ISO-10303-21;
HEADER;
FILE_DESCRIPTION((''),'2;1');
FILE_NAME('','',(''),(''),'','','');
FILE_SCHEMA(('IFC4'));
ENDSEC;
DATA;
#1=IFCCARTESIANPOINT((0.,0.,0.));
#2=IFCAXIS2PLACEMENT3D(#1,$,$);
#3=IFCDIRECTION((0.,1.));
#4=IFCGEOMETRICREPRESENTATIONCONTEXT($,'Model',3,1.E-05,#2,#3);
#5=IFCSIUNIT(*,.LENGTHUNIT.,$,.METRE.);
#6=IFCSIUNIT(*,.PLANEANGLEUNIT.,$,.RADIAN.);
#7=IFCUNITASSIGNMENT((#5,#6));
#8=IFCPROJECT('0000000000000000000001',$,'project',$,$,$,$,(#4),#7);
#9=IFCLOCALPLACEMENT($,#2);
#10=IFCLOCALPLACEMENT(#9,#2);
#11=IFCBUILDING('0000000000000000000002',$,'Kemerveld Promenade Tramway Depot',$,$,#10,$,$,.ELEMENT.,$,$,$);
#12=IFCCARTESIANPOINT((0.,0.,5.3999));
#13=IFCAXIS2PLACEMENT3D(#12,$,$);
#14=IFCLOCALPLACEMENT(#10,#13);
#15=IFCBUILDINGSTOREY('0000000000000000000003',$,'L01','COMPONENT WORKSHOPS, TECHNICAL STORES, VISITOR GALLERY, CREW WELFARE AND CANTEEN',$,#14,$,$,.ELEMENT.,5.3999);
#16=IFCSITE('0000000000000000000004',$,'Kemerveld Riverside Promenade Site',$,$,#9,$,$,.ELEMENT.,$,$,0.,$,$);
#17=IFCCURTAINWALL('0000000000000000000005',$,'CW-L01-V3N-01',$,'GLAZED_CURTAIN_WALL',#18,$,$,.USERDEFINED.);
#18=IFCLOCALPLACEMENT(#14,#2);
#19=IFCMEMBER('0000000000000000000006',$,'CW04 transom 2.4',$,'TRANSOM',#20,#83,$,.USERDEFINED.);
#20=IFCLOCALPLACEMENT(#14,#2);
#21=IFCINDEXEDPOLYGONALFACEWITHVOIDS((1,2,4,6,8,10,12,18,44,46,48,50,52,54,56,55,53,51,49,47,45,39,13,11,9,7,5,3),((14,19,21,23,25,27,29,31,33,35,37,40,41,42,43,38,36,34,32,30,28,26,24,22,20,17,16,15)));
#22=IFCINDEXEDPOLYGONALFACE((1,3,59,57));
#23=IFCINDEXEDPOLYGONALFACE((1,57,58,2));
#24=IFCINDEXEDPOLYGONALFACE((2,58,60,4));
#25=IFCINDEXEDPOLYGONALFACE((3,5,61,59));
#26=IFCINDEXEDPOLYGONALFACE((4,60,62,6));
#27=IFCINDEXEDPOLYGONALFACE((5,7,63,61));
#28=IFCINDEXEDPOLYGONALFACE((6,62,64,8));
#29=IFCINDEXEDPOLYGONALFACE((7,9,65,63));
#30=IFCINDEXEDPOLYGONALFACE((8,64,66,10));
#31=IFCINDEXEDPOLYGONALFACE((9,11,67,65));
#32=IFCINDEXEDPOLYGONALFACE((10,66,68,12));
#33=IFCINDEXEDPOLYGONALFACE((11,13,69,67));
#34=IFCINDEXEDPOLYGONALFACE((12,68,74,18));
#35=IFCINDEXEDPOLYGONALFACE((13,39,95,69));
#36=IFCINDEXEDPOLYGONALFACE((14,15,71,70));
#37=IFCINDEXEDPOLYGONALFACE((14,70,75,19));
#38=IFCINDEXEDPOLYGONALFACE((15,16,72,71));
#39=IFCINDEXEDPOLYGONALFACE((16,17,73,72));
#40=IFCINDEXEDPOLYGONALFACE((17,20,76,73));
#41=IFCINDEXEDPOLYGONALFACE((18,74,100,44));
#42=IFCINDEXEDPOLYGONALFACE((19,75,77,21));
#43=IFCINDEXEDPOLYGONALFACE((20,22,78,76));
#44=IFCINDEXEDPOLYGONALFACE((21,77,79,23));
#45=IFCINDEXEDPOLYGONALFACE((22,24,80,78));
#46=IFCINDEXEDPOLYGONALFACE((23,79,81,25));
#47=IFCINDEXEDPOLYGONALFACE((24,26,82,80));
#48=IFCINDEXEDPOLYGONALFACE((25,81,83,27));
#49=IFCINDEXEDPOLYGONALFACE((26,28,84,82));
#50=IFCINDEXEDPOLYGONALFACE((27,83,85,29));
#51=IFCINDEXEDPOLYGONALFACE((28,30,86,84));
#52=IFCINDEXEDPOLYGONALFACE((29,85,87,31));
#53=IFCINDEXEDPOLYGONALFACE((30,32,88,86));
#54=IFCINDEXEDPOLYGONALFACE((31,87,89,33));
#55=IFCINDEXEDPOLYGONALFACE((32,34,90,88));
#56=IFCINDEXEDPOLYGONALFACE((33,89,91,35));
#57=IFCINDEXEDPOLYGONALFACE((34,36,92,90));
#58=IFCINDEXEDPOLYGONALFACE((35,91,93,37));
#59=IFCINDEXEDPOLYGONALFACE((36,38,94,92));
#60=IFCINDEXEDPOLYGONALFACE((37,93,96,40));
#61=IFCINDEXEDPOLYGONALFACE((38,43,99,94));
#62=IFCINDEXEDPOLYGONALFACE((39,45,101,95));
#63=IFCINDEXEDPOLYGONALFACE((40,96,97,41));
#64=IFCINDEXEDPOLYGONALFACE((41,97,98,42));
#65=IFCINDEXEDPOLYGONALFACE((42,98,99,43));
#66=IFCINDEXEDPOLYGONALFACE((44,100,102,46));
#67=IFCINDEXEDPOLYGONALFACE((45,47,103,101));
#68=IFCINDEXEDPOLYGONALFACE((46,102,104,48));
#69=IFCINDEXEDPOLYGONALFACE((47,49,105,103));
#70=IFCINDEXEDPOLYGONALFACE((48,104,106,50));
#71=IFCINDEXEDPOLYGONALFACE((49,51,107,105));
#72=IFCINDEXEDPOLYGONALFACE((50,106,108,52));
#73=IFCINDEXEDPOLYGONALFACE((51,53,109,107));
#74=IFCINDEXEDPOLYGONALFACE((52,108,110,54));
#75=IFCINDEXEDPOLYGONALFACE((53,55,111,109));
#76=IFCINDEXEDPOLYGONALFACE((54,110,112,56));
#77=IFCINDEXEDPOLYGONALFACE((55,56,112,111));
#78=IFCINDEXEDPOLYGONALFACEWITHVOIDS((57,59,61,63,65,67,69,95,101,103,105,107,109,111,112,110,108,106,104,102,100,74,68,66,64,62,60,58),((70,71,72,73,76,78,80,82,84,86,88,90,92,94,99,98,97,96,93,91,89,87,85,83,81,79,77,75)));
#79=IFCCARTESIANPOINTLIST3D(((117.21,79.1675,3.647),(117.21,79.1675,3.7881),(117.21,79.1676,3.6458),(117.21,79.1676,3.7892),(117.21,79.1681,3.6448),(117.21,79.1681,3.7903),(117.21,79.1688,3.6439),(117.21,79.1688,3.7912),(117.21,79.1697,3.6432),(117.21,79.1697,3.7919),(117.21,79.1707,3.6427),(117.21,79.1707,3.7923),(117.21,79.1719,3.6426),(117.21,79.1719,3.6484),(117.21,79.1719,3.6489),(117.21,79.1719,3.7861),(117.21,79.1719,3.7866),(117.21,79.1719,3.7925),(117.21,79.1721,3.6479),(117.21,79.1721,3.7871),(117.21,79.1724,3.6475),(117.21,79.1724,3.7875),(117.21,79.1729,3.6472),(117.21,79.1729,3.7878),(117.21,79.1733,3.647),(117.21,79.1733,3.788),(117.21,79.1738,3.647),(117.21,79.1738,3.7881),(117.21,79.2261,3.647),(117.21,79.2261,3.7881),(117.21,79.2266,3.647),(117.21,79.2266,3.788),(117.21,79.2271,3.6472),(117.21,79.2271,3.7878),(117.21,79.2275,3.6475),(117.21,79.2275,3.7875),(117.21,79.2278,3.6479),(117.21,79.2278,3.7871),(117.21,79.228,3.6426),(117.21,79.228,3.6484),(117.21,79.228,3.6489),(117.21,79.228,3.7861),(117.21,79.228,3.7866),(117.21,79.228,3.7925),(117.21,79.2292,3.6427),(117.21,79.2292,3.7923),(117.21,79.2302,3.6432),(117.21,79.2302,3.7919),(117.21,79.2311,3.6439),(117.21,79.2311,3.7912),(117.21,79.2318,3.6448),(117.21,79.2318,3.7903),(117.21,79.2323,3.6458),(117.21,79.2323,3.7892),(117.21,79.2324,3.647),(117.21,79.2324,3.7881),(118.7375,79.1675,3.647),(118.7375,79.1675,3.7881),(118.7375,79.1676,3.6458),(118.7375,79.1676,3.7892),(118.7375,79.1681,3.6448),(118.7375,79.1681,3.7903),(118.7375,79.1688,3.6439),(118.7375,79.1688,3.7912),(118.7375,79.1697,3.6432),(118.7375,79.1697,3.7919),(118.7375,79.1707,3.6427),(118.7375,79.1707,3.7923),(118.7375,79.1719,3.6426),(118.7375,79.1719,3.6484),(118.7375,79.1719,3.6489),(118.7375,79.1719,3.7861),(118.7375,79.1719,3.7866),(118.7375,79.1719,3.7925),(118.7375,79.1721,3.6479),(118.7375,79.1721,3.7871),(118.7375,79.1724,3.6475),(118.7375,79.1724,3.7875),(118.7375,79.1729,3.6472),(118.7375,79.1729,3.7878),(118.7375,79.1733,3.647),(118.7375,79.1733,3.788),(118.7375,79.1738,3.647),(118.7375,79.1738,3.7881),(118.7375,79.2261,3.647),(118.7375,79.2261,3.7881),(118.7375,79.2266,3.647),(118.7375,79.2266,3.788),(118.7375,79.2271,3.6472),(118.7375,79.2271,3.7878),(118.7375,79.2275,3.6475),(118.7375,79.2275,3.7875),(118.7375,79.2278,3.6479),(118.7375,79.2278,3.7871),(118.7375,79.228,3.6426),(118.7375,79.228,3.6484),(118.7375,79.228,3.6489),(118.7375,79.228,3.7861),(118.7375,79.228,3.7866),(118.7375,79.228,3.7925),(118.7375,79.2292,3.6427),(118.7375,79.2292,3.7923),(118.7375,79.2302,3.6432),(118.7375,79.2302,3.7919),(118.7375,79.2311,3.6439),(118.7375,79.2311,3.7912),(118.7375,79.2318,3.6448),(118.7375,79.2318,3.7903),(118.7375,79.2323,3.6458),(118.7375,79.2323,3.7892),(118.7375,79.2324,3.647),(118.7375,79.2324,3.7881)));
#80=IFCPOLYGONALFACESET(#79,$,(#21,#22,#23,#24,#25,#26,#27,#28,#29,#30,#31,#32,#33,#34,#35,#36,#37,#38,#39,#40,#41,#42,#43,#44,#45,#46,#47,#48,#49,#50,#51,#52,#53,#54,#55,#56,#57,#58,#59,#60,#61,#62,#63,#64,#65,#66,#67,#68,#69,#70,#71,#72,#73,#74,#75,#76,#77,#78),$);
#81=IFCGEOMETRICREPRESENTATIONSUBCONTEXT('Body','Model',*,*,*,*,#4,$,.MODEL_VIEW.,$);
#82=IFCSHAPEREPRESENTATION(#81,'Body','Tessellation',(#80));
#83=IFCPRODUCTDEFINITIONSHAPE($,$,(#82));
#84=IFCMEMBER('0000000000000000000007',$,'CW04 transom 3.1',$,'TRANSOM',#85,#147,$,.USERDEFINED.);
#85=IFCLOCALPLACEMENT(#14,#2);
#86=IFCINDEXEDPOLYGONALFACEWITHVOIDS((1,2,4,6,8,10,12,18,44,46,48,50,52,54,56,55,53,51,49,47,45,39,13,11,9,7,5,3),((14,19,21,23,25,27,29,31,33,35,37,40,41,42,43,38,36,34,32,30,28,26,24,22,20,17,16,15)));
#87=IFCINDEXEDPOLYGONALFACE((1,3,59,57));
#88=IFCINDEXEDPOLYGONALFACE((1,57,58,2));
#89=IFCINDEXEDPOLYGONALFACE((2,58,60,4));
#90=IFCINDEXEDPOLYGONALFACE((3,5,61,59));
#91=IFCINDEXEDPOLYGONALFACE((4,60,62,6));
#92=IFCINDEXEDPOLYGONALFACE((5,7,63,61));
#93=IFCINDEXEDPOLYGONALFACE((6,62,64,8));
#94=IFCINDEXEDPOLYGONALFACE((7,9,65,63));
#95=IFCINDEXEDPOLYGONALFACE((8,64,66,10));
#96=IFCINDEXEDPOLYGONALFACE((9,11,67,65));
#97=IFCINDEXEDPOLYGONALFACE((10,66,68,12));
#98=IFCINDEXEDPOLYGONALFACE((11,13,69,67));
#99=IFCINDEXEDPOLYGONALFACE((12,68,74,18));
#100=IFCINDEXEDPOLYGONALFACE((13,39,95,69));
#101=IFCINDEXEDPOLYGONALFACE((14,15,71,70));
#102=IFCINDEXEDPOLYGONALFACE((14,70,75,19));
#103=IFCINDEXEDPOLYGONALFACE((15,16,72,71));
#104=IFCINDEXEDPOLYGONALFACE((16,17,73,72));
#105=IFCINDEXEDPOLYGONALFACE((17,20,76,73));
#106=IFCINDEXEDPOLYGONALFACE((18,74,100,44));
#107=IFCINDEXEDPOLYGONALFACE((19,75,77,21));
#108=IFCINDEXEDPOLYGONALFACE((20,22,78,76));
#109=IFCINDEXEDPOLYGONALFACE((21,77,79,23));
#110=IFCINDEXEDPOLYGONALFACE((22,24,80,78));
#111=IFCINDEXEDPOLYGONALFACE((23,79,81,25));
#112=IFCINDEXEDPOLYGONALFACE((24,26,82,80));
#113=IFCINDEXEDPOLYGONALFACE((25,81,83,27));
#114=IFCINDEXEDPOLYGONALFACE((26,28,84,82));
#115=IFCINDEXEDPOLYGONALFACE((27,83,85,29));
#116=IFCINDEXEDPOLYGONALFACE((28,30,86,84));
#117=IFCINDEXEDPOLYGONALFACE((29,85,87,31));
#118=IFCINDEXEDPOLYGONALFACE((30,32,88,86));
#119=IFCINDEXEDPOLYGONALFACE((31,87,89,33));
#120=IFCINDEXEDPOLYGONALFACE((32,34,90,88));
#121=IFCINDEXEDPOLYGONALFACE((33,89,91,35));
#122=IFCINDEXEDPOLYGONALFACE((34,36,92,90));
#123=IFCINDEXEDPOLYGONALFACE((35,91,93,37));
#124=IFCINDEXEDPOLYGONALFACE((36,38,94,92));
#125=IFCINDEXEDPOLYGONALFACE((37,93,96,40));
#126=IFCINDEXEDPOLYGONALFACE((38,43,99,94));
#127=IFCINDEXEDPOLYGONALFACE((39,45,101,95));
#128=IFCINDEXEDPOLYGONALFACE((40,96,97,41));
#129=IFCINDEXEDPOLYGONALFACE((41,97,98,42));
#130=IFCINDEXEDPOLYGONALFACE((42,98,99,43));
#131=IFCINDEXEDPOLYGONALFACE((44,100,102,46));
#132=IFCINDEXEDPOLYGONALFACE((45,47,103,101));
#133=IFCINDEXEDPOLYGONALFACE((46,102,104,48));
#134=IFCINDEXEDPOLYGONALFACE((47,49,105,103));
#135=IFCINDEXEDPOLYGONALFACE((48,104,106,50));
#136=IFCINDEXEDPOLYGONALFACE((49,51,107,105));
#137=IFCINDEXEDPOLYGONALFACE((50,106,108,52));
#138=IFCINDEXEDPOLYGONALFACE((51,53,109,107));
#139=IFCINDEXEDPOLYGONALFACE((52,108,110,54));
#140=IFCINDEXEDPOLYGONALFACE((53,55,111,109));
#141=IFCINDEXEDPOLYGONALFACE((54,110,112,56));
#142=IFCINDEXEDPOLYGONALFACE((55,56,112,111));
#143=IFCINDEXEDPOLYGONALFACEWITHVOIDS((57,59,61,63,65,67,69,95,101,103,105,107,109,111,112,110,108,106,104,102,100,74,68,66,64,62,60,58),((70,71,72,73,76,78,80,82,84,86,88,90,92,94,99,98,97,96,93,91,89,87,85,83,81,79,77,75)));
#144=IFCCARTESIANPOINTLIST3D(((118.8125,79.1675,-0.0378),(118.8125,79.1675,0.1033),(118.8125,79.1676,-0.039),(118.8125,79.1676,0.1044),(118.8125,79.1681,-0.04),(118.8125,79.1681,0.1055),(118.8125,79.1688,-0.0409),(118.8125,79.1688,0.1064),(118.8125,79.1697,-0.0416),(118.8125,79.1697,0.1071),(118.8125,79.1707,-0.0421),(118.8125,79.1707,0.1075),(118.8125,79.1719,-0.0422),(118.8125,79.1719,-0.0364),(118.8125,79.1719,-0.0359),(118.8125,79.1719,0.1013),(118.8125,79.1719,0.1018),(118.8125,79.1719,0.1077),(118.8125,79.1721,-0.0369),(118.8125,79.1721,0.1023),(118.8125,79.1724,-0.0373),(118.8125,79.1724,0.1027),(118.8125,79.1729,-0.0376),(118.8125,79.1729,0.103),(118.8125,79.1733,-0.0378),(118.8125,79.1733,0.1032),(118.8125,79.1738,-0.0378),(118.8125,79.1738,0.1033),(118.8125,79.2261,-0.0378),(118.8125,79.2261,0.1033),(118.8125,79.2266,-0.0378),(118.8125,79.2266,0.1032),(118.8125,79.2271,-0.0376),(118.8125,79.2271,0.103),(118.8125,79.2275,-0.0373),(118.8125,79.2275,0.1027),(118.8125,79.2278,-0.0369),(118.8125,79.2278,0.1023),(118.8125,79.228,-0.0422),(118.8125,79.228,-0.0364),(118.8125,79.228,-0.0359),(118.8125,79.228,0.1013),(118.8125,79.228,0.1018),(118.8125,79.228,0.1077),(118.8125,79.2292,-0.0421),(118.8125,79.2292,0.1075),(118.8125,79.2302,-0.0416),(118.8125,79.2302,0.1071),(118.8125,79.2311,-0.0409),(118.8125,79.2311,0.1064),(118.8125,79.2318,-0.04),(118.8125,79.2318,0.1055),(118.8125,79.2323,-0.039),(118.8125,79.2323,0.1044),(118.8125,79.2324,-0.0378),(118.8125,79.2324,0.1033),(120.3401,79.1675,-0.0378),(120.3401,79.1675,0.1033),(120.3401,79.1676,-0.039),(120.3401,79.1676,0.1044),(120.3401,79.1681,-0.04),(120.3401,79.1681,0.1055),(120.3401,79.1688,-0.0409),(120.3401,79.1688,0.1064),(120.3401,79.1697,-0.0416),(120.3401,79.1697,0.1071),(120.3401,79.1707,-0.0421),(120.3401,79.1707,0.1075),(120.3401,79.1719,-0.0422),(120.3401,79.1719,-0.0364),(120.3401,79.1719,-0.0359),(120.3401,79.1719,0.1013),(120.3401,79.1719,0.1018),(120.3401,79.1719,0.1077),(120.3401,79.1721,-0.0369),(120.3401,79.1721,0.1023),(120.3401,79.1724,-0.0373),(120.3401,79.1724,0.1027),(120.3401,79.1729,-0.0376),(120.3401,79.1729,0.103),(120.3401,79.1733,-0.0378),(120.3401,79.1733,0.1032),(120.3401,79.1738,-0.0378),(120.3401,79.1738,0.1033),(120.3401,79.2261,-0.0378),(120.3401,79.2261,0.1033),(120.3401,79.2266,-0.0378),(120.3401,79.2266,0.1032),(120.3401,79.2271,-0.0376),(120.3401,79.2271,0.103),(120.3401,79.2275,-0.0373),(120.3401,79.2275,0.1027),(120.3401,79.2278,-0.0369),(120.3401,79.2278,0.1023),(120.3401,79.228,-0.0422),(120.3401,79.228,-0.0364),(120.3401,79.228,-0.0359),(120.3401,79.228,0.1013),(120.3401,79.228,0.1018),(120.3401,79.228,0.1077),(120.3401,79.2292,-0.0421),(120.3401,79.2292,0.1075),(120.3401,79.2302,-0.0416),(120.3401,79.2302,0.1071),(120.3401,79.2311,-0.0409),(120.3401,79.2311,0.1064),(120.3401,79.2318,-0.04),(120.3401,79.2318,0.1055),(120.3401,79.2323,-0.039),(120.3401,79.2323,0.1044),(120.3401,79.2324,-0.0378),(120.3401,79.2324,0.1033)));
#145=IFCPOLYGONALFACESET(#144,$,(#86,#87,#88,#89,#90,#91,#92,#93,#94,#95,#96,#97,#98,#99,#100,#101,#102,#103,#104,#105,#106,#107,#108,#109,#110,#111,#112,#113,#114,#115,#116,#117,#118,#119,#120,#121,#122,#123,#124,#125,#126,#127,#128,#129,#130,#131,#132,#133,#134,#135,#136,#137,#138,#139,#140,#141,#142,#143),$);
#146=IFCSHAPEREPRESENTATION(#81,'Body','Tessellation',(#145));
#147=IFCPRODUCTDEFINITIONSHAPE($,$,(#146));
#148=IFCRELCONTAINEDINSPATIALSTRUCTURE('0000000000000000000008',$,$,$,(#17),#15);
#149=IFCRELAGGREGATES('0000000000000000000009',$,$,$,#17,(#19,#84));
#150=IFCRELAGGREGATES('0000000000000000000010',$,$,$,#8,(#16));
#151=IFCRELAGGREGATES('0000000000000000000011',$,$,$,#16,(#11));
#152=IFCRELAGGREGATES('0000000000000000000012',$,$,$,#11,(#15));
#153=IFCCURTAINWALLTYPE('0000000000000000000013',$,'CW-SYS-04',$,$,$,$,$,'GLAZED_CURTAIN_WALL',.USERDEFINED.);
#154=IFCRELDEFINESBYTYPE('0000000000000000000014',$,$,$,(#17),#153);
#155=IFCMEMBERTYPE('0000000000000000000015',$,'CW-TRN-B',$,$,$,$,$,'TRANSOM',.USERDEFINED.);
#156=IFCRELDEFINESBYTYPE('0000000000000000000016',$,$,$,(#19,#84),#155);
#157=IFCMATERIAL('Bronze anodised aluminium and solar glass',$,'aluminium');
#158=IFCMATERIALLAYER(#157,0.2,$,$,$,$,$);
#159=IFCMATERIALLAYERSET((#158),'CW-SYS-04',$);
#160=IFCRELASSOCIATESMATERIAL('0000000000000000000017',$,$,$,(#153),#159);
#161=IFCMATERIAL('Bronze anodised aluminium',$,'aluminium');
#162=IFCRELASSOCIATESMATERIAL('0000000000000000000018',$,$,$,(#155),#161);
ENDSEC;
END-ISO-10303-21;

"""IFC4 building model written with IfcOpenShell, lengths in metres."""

from ifc_helpers import new_model, si_unit, direction, frame, origin, origin_2d, place, context, subcontext, project, spatial, hollow_rectangle, extrude, material, layer, layer_set, material_profile, profile_set, type_object, element, aggregate, save


model = new_model("IFC4")

# Units and contexts
model_context = context("Model", 3, precision=1e-05, world=origin(), true_north=direction((0.0, 1.0)))
body_context = subcontext(model_context, "Body", "Model", "MODEL_VIEW")
ifc_project = project(units=[si_unit("LENGTHUNIT", "METRE"), si_unit("PLANEANGLEUNIT", "RADIAN")], contexts=[model_context])

# Site, building, storey
site_placement = place(None, origin())
site = spatial("IfcSite", under=ifc_project, at=site_placement, Name="Kemerveld Riverside Promenade Site", CompositionType="ELEMENT", RefElevation=0.0)
building_placement = place(site_placement, origin())
building = spatial("IfcBuilding", under=site, at=building_placement, Name="Kemerveld Promenade Tramway Depot", CompositionType="ELEMENT")
storey_placement = place(building_placement, frame((0.0, 0.0, 5.3999)))
storey = spatial("IfcBuildingStorey", under=building, at=storey_placement, Name="L01", Description="COMPONENT WORKSHOPS, TECHNICAL STORES, VISITOR GALLERY, CREW WELFARE AND CANTEEN", CompositionType="ELEMENT", Elevation=5.3999)

# Curtain wall, members
ifc_material_1 = material(Name="Bronze anodised aluminium and solar glass", Category="aluminium")
ifc_layer_1 = layer(ifc_material_1, 0.2)
ifc_layer_set_1 = layer_set([ifc_layer_1], Name="CW-SYS-04")
curtain_wall_type = type_object("IfcCurtainWallType", Name="CW-SYS-04", ElementType="GLAZED_CURTAIN_WALL", PredefinedType="USERDEFINED", material=ifc_layer_set_1)
curtain_wall_placement = place(storey_placement, origin())
curtain_wall = element("IfcCurtainWall", 1, at=curtain_wall_placement, inside=storey, type_object=curtain_wall_type, Name="CW-L01-V3N-01", ObjectType="GLAZED_CURTAIN_WALL", PredefinedType="USERDEFINED")
ifc_material_2 = material(Name="Bronze anodised aluminium", Category="aluminium")
ifc_material_profile_1 = material_profile(ifc_material_2, hollow_rectangle(XDim=0.0649, YDim=0.1499, WallThickness=0.0044, InnerFilletRadius=0.002, OuterFilletRadius=0.0044, at=origin_2d()), Name="CW-TRN-150x65")
ifc_profile_set_1 = profile_set([ifc_material_profile_1], Name="Bronze anodised aluminium")
member_type_1 = type_object("IfcMemberType", Name="CW-TRN-B", ElementType="TRANSOM", PredefinedType="USERDEFINED", material=ifc_profile_set_1)
member_1_placement = place(storey_placement, frame((117.21, 79.2, 3.7175), z_axis=(1.0, 0.0, 0.0), x_axis=(0.0, 1.0, 0.0)))
member_1 = element("IfcMember", 2, at=member_1_placement, type_object=member_type_1, Name="CW04 transom 2.4", ObjectType="TRANSOM", PredefinedType="USERDEFINED", context=body_context, shape_type="SweptSolid", body=[
    extrude(hollow_rectangle(XDim=0.0649, YDim=0.1499, WallThickness=0.0044, InnerFilletRadius=0.002, OuterFilletRadius=0.0044, at=origin_2d()), origin(), (0.0, 0.0, 1.0), 1.5276),
])
member_2_placement = place(storey_placement, frame((118.8125, 79.2, 0.0327), z_axis=(1.0, 0.0, 0.0), x_axis=(0.0, 1.0, 0.0)))
member_2 = element("IfcMember", 3, at=member_2_placement, type_object=member_type_1, Name="CW04 transom 3.1", ObjectType="TRANSOM", PredefinedType="USERDEFINED", context=body_context, shape_type="SweptSolid", body=[
    extrude(hollow_rectangle(XDim=0.0649, YDim=0.1499, WallThickness=0.0044, InnerFilletRadius=0.002, OuterFilletRadius=0.0044, at=origin_2d()), origin(), (0.0, 0.0, 1.0), 1.5276),
])
aggregate(curtain_wall, [member_1, member_2])

save(model, "model.ifc")
